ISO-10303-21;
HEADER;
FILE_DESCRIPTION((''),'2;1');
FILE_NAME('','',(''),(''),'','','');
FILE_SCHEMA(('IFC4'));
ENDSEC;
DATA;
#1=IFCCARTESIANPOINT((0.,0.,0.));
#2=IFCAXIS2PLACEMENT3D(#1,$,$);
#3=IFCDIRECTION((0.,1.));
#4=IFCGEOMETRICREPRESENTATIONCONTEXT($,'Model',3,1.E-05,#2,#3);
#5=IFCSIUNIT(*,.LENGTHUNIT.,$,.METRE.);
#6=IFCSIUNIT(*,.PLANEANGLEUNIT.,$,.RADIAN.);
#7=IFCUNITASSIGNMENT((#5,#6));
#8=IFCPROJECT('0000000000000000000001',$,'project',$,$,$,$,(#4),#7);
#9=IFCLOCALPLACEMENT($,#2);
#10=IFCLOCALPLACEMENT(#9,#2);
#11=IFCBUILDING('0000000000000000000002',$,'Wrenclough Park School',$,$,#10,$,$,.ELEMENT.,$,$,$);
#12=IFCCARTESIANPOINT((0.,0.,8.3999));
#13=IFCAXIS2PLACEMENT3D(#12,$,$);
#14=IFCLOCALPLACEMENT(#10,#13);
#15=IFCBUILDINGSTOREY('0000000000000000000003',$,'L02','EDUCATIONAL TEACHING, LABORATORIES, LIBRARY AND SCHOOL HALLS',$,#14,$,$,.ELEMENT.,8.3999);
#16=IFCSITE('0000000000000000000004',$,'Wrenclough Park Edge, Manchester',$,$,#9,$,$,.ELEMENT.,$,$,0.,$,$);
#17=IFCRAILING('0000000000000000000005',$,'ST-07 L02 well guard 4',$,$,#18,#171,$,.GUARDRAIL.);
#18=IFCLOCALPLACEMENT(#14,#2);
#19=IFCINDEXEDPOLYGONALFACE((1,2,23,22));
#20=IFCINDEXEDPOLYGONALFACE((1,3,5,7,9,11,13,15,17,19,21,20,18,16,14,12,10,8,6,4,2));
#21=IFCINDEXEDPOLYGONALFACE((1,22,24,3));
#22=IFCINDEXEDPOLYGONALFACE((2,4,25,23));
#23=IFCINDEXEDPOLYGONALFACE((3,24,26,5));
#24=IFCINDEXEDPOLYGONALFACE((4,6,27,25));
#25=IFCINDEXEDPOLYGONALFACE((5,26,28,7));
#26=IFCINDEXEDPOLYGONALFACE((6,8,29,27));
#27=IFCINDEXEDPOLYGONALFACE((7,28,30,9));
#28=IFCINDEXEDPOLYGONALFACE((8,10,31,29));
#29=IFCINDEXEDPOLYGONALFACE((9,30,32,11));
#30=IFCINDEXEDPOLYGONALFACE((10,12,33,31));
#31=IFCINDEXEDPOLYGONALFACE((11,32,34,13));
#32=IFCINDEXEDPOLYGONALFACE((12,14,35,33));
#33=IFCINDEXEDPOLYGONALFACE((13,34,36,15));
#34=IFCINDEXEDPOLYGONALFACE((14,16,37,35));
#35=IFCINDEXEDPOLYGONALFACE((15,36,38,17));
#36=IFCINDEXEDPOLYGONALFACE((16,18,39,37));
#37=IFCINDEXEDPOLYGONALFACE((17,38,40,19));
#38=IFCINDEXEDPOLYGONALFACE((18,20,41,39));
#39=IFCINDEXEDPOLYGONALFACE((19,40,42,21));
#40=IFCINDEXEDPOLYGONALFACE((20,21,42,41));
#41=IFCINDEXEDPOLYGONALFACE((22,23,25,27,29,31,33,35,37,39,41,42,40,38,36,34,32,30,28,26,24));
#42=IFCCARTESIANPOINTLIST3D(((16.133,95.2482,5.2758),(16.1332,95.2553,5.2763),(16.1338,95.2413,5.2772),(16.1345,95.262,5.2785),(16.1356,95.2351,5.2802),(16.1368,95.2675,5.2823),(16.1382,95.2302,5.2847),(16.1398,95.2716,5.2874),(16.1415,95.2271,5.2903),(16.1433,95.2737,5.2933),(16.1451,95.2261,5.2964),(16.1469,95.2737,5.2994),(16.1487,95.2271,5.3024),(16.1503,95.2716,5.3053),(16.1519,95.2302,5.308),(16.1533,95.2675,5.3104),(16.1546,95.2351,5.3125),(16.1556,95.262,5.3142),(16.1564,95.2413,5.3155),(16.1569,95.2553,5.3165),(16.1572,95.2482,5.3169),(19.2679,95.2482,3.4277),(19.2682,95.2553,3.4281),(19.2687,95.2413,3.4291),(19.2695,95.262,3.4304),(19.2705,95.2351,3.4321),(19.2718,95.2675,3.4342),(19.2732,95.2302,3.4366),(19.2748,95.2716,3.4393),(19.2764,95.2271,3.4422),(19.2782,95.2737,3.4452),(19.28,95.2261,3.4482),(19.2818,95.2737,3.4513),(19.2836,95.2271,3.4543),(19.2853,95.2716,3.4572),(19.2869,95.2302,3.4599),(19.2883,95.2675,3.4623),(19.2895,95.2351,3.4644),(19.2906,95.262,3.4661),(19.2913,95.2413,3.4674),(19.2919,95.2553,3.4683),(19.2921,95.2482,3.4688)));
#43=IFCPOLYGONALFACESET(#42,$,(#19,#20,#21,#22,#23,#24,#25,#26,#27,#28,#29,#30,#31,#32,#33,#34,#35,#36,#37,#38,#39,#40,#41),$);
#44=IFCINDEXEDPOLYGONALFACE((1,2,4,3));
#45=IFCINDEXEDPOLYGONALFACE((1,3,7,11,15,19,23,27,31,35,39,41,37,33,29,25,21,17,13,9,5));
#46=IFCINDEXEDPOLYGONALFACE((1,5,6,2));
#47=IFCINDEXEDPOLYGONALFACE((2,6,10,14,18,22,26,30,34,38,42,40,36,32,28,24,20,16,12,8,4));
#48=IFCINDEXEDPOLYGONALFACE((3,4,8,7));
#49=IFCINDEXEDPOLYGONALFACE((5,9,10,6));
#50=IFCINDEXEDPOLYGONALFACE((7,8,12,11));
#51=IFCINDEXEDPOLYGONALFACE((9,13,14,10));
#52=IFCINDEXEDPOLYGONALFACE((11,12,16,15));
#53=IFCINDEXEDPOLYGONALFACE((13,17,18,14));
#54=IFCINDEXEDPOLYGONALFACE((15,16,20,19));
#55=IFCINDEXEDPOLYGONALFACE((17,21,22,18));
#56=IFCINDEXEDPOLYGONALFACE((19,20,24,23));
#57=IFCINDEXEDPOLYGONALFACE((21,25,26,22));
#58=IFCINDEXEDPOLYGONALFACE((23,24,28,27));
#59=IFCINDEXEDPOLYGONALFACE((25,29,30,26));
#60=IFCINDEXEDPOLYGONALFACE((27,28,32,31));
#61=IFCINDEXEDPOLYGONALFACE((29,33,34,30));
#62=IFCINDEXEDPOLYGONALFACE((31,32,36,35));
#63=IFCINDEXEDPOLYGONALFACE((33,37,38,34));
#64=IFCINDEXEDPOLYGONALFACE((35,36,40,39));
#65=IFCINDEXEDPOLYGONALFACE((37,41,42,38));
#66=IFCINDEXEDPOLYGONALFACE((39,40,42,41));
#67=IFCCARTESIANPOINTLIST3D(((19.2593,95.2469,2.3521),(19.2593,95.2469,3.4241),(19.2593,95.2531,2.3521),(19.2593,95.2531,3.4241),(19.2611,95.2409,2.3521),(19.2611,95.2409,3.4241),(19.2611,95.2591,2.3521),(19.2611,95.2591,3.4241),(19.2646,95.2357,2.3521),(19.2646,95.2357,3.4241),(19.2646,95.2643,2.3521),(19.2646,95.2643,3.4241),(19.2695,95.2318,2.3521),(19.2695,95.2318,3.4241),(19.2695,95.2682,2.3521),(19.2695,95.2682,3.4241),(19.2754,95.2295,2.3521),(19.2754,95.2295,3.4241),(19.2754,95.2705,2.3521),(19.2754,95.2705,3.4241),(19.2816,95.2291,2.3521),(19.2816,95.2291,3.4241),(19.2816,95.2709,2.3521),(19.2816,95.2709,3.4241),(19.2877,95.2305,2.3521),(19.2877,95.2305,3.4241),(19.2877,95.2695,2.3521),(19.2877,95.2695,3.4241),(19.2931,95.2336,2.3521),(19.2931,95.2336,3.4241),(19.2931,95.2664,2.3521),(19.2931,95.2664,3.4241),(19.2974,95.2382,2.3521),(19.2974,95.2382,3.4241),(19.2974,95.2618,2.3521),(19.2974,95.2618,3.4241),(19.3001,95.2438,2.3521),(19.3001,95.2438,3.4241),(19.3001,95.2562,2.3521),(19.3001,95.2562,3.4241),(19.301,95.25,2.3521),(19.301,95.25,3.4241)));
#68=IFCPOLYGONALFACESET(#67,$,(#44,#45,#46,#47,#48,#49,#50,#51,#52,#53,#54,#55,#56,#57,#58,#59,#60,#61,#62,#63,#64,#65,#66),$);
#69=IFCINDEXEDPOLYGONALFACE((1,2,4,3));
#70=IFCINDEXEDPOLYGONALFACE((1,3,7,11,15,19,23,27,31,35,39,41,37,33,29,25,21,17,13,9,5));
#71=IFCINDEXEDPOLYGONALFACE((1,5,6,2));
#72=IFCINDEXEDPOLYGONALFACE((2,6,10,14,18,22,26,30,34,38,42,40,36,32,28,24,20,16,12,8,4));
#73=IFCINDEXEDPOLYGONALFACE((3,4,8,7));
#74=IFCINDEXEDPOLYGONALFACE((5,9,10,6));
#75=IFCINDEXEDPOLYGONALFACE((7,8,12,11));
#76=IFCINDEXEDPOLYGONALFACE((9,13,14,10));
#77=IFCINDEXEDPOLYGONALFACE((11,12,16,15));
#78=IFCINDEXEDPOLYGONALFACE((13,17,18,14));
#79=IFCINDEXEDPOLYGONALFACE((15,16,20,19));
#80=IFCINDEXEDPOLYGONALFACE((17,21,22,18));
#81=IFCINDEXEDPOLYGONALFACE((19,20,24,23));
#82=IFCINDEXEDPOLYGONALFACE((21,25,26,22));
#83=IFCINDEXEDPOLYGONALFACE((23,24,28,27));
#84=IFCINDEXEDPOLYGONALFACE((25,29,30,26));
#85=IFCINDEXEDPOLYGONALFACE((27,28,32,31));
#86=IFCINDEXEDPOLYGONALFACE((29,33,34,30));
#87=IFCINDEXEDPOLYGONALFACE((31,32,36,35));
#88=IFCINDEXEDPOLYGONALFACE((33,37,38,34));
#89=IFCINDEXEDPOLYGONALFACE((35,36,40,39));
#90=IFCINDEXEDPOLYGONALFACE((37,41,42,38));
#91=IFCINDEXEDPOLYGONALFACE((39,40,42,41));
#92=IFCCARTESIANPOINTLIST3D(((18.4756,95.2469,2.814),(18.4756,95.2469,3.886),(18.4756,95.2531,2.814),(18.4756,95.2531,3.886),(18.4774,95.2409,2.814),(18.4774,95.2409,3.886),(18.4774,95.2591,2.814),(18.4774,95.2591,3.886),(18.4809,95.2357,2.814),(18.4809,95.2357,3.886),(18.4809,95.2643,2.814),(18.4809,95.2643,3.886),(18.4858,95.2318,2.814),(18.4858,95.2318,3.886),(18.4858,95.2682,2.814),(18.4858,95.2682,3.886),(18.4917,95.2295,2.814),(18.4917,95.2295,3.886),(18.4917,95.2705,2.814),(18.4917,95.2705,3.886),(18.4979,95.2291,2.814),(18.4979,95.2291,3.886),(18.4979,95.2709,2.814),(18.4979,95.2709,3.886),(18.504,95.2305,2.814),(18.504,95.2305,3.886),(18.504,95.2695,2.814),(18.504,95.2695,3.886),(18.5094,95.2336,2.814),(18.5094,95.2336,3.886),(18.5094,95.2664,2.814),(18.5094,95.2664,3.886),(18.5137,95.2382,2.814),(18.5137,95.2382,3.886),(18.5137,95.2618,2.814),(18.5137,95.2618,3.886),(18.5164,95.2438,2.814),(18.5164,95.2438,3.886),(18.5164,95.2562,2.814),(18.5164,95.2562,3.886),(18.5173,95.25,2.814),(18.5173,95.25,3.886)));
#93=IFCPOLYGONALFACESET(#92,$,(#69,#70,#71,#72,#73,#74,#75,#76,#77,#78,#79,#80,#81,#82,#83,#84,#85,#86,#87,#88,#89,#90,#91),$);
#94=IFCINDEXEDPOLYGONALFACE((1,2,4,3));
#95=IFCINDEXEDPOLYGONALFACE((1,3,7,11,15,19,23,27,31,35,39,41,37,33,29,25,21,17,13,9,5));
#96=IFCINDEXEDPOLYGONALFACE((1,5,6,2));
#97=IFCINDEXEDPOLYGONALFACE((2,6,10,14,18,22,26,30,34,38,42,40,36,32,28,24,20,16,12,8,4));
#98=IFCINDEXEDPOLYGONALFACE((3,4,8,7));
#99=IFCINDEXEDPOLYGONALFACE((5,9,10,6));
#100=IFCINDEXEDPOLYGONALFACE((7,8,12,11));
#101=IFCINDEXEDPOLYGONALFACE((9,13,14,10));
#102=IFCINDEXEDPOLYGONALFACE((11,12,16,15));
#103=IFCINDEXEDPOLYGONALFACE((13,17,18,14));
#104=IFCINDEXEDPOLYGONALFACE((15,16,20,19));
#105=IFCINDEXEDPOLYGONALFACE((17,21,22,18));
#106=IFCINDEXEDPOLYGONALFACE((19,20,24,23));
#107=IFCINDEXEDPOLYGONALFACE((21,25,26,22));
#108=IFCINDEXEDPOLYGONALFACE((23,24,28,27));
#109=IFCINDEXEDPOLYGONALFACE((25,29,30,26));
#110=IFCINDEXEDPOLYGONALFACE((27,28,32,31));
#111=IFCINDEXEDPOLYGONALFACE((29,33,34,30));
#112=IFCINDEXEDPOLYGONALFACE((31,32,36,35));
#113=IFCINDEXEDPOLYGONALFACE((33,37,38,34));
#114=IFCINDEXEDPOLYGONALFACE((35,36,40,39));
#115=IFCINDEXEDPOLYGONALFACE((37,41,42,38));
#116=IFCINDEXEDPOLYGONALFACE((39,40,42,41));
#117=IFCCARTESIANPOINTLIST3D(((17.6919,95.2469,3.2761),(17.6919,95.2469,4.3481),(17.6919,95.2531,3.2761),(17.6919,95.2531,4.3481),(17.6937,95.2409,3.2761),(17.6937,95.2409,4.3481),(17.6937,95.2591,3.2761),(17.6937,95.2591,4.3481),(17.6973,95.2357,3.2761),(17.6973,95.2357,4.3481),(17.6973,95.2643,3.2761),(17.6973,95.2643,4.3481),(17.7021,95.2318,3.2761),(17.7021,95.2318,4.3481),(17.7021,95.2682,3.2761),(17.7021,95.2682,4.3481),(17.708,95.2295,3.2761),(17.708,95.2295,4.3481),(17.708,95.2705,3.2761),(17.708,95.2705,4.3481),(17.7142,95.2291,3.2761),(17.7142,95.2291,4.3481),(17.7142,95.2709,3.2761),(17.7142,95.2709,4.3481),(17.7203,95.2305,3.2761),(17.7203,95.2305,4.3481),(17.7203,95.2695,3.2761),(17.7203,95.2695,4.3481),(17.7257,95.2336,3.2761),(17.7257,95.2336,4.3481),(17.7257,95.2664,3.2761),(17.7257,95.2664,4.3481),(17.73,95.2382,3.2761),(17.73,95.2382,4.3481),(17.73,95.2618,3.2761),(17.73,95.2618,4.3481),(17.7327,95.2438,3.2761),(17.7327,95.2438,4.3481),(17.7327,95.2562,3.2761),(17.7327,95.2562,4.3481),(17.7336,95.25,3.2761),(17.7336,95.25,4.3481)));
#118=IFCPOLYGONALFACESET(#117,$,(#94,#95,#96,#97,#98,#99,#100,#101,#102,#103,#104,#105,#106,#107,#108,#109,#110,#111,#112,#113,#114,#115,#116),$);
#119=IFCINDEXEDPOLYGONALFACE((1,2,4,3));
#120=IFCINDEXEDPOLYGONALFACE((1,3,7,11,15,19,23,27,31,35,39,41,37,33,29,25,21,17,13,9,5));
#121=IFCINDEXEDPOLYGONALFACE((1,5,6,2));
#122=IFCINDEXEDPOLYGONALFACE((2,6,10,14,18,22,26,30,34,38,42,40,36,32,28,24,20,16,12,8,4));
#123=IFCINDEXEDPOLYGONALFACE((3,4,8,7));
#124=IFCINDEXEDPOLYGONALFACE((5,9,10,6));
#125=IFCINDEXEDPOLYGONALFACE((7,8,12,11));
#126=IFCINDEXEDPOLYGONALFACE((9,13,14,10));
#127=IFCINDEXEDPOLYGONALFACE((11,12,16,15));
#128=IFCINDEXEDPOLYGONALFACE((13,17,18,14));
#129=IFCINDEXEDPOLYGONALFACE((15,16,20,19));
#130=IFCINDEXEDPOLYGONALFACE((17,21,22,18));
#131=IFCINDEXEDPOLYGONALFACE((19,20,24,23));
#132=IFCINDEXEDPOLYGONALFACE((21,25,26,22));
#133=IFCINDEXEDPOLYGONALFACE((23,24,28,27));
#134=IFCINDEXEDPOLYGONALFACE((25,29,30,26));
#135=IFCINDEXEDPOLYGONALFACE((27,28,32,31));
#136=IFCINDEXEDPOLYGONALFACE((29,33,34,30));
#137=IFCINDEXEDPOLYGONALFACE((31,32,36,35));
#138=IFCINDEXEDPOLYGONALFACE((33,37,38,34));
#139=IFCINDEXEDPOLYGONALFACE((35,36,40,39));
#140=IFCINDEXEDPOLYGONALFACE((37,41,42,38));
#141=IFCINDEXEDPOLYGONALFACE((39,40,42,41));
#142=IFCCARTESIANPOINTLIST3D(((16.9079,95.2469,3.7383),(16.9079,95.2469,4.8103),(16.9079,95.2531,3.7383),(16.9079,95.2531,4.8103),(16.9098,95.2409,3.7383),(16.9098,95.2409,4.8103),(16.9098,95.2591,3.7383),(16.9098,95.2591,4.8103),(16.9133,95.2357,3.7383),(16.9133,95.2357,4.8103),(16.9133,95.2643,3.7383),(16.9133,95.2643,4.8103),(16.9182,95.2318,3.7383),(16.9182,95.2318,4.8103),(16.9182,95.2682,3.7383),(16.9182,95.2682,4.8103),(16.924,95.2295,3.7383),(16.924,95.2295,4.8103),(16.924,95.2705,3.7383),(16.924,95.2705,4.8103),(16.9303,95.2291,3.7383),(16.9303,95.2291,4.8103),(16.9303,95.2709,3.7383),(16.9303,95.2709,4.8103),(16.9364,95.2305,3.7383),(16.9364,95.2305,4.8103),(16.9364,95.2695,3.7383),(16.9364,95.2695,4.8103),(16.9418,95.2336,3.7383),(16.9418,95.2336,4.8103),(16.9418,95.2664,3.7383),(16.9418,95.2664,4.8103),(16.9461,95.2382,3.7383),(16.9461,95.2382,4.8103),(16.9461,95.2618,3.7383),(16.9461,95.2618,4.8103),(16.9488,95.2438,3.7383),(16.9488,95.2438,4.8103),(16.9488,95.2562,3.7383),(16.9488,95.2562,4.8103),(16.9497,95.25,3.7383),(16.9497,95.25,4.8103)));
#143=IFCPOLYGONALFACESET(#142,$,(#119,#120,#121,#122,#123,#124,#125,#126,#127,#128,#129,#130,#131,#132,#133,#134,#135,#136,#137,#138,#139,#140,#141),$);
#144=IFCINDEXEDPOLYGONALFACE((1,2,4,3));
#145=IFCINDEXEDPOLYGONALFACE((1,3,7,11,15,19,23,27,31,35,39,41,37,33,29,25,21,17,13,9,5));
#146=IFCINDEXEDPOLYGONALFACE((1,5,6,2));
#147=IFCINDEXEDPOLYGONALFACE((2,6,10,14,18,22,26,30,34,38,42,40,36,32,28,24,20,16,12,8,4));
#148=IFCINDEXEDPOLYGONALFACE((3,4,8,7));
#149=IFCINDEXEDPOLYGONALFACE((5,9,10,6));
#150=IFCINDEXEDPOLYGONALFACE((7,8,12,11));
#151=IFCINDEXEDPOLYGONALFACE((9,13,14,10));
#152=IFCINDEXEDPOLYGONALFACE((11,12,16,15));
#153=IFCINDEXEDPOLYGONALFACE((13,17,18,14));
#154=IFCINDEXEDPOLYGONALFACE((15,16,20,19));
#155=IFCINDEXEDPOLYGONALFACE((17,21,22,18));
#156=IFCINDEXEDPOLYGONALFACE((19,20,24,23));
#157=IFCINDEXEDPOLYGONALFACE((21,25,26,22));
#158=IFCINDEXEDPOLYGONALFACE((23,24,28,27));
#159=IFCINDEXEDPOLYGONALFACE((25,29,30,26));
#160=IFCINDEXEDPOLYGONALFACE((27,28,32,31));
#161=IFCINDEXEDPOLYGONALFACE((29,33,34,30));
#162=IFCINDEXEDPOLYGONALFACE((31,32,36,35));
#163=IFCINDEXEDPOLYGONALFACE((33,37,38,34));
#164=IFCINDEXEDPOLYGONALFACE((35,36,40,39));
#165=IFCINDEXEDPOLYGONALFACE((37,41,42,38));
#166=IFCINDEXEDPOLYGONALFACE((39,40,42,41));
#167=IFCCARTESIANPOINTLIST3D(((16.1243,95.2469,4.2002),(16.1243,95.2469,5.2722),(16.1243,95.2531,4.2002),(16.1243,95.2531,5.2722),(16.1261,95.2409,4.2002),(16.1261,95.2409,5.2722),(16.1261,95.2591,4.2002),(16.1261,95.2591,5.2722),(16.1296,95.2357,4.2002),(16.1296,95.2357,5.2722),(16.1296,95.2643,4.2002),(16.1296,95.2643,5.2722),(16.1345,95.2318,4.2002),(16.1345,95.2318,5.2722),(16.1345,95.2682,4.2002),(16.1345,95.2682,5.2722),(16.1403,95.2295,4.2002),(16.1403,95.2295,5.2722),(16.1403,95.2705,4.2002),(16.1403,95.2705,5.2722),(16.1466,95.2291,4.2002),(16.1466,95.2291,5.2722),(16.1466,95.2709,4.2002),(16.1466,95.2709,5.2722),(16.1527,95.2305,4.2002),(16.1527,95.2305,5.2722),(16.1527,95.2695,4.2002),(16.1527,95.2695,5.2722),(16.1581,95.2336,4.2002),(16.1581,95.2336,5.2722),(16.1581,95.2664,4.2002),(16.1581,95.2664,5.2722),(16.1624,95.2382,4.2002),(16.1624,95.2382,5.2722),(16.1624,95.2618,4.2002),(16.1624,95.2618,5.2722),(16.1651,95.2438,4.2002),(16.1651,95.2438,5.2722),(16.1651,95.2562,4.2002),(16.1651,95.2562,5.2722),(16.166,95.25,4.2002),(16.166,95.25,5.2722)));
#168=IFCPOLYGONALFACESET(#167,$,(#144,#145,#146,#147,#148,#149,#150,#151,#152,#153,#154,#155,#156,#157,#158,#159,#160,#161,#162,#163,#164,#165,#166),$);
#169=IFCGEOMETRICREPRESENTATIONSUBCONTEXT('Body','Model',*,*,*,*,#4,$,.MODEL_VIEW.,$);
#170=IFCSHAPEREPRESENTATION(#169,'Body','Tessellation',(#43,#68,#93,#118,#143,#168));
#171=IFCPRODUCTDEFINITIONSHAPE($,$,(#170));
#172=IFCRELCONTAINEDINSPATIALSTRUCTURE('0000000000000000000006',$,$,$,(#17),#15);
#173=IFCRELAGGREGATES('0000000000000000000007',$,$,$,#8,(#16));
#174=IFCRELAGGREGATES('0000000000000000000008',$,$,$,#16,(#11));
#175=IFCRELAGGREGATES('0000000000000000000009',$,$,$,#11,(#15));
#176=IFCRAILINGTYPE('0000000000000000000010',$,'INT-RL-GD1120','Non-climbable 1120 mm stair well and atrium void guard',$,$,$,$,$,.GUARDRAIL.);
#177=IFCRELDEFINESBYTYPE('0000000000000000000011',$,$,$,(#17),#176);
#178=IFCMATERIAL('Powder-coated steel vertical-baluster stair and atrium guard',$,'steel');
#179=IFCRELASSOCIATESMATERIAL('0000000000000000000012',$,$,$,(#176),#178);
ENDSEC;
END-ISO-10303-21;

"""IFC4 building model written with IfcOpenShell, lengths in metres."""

from ifc_helpers import new_model, si_unit, direction, frame, origin, origin_2d, place, context, subcontext, project, spatial, circle, extrude, material, type_object, element, save


model = new_model("IFC4")

# Units and contexts
model_context = context("Model", 3, precision=1e-05, world=origin(), true_north=direction((0.0, 1.0)))
body_context = subcontext(model_context, "Body", "Model", "MODEL_VIEW")
ifc_project = project(units=[si_unit("LENGTHUNIT", "METRE"), si_unit("PLANEANGLEUNIT", "RADIAN")], contexts=[model_context])

# Site, building, storey
site_placement = place(None, origin())
site = spatial("IfcSite", under=ifc_project, at=site_placement, Name="Wrenclough Park Edge, Manchester", CompositionType="ELEMENT", RefElevation=0.0)
building_placement = place(site_placement, origin())
building = spatial("IfcBuilding", under=site, at=building_placement, Name="Wrenclough Park School", CompositionType="ELEMENT")
storey_placement = place(building_placement, frame((0.0, 0.0, 8.3999)))
storey = spatial("IfcBuildingStorey", under=building, at=storey_placement, Name="L02", Description="EDUCATIONAL TEACHING, LABORATORIES, LIBRARY AND SCHOOL HALLS", CompositionType="ELEMENT", Elevation=8.3999)

# Railing
ifc_material_1 = material(Name="Powder-coated steel vertical-baluster stair and atrium guard", Category="steel")
railing_type_1 = type_object("IfcRailingType", Name="INT-RL-GD1120", Description="Non-climbable 1120 mm stair well and atrium void guard", PredefinedType="GUARDRAIL", material=ifc_material_1)
railing_1_placement = place(storey_placement, frame((19.28, 95.25, 2.3521)))
element("IfcRailing", 1, at=railing_1_placement, inside=storey, type_object=railing_type_1, Name="ST-07 L02 well guard 4", PredefinedType="GUARDRAIL", context=body_context, shape_type="SweptSolid", body=[
    extrude(circle(Radius=0.0239, at=origin_2d()), frame((0.0, 0.0, 1.0962), z_axis=(-0.861451, 0.0, 0.507841), x_axis=(0.0, -1.0, 0.0)), (0.0, 0.0, 1.0), 3.6392),
    extrude(circle(Radius=0.021, at=origin_2d()), origin(), (0.0, 0.0, 1.0), 1.072),
    extrude(circle(Radius=0.021, at=origin_2d()), frame((-0.7837, 0.0, 0.4619)), (0.0, 0.0, 1.0), 1.072),
    extrude(circle(Radius=0.021, at=origin_2d()), frame((-1.5674, 0.0, 0.9241)), (0.0, 0.0, 1.0), 1.072),
    extrude(circle(Radius=0.021, at=origin_2d()), frame((-2.3513, 0.0, 1.3862)), (0.0, 0.0, 1.0), 1.072),
    extrude(circle(Radius=0.021, at=origin_2d()), frame((-3.135, 0.0, 1.8481)), (0.0, 0.0, 1.0), 1.072),
])

save(model, "model.ifc")
